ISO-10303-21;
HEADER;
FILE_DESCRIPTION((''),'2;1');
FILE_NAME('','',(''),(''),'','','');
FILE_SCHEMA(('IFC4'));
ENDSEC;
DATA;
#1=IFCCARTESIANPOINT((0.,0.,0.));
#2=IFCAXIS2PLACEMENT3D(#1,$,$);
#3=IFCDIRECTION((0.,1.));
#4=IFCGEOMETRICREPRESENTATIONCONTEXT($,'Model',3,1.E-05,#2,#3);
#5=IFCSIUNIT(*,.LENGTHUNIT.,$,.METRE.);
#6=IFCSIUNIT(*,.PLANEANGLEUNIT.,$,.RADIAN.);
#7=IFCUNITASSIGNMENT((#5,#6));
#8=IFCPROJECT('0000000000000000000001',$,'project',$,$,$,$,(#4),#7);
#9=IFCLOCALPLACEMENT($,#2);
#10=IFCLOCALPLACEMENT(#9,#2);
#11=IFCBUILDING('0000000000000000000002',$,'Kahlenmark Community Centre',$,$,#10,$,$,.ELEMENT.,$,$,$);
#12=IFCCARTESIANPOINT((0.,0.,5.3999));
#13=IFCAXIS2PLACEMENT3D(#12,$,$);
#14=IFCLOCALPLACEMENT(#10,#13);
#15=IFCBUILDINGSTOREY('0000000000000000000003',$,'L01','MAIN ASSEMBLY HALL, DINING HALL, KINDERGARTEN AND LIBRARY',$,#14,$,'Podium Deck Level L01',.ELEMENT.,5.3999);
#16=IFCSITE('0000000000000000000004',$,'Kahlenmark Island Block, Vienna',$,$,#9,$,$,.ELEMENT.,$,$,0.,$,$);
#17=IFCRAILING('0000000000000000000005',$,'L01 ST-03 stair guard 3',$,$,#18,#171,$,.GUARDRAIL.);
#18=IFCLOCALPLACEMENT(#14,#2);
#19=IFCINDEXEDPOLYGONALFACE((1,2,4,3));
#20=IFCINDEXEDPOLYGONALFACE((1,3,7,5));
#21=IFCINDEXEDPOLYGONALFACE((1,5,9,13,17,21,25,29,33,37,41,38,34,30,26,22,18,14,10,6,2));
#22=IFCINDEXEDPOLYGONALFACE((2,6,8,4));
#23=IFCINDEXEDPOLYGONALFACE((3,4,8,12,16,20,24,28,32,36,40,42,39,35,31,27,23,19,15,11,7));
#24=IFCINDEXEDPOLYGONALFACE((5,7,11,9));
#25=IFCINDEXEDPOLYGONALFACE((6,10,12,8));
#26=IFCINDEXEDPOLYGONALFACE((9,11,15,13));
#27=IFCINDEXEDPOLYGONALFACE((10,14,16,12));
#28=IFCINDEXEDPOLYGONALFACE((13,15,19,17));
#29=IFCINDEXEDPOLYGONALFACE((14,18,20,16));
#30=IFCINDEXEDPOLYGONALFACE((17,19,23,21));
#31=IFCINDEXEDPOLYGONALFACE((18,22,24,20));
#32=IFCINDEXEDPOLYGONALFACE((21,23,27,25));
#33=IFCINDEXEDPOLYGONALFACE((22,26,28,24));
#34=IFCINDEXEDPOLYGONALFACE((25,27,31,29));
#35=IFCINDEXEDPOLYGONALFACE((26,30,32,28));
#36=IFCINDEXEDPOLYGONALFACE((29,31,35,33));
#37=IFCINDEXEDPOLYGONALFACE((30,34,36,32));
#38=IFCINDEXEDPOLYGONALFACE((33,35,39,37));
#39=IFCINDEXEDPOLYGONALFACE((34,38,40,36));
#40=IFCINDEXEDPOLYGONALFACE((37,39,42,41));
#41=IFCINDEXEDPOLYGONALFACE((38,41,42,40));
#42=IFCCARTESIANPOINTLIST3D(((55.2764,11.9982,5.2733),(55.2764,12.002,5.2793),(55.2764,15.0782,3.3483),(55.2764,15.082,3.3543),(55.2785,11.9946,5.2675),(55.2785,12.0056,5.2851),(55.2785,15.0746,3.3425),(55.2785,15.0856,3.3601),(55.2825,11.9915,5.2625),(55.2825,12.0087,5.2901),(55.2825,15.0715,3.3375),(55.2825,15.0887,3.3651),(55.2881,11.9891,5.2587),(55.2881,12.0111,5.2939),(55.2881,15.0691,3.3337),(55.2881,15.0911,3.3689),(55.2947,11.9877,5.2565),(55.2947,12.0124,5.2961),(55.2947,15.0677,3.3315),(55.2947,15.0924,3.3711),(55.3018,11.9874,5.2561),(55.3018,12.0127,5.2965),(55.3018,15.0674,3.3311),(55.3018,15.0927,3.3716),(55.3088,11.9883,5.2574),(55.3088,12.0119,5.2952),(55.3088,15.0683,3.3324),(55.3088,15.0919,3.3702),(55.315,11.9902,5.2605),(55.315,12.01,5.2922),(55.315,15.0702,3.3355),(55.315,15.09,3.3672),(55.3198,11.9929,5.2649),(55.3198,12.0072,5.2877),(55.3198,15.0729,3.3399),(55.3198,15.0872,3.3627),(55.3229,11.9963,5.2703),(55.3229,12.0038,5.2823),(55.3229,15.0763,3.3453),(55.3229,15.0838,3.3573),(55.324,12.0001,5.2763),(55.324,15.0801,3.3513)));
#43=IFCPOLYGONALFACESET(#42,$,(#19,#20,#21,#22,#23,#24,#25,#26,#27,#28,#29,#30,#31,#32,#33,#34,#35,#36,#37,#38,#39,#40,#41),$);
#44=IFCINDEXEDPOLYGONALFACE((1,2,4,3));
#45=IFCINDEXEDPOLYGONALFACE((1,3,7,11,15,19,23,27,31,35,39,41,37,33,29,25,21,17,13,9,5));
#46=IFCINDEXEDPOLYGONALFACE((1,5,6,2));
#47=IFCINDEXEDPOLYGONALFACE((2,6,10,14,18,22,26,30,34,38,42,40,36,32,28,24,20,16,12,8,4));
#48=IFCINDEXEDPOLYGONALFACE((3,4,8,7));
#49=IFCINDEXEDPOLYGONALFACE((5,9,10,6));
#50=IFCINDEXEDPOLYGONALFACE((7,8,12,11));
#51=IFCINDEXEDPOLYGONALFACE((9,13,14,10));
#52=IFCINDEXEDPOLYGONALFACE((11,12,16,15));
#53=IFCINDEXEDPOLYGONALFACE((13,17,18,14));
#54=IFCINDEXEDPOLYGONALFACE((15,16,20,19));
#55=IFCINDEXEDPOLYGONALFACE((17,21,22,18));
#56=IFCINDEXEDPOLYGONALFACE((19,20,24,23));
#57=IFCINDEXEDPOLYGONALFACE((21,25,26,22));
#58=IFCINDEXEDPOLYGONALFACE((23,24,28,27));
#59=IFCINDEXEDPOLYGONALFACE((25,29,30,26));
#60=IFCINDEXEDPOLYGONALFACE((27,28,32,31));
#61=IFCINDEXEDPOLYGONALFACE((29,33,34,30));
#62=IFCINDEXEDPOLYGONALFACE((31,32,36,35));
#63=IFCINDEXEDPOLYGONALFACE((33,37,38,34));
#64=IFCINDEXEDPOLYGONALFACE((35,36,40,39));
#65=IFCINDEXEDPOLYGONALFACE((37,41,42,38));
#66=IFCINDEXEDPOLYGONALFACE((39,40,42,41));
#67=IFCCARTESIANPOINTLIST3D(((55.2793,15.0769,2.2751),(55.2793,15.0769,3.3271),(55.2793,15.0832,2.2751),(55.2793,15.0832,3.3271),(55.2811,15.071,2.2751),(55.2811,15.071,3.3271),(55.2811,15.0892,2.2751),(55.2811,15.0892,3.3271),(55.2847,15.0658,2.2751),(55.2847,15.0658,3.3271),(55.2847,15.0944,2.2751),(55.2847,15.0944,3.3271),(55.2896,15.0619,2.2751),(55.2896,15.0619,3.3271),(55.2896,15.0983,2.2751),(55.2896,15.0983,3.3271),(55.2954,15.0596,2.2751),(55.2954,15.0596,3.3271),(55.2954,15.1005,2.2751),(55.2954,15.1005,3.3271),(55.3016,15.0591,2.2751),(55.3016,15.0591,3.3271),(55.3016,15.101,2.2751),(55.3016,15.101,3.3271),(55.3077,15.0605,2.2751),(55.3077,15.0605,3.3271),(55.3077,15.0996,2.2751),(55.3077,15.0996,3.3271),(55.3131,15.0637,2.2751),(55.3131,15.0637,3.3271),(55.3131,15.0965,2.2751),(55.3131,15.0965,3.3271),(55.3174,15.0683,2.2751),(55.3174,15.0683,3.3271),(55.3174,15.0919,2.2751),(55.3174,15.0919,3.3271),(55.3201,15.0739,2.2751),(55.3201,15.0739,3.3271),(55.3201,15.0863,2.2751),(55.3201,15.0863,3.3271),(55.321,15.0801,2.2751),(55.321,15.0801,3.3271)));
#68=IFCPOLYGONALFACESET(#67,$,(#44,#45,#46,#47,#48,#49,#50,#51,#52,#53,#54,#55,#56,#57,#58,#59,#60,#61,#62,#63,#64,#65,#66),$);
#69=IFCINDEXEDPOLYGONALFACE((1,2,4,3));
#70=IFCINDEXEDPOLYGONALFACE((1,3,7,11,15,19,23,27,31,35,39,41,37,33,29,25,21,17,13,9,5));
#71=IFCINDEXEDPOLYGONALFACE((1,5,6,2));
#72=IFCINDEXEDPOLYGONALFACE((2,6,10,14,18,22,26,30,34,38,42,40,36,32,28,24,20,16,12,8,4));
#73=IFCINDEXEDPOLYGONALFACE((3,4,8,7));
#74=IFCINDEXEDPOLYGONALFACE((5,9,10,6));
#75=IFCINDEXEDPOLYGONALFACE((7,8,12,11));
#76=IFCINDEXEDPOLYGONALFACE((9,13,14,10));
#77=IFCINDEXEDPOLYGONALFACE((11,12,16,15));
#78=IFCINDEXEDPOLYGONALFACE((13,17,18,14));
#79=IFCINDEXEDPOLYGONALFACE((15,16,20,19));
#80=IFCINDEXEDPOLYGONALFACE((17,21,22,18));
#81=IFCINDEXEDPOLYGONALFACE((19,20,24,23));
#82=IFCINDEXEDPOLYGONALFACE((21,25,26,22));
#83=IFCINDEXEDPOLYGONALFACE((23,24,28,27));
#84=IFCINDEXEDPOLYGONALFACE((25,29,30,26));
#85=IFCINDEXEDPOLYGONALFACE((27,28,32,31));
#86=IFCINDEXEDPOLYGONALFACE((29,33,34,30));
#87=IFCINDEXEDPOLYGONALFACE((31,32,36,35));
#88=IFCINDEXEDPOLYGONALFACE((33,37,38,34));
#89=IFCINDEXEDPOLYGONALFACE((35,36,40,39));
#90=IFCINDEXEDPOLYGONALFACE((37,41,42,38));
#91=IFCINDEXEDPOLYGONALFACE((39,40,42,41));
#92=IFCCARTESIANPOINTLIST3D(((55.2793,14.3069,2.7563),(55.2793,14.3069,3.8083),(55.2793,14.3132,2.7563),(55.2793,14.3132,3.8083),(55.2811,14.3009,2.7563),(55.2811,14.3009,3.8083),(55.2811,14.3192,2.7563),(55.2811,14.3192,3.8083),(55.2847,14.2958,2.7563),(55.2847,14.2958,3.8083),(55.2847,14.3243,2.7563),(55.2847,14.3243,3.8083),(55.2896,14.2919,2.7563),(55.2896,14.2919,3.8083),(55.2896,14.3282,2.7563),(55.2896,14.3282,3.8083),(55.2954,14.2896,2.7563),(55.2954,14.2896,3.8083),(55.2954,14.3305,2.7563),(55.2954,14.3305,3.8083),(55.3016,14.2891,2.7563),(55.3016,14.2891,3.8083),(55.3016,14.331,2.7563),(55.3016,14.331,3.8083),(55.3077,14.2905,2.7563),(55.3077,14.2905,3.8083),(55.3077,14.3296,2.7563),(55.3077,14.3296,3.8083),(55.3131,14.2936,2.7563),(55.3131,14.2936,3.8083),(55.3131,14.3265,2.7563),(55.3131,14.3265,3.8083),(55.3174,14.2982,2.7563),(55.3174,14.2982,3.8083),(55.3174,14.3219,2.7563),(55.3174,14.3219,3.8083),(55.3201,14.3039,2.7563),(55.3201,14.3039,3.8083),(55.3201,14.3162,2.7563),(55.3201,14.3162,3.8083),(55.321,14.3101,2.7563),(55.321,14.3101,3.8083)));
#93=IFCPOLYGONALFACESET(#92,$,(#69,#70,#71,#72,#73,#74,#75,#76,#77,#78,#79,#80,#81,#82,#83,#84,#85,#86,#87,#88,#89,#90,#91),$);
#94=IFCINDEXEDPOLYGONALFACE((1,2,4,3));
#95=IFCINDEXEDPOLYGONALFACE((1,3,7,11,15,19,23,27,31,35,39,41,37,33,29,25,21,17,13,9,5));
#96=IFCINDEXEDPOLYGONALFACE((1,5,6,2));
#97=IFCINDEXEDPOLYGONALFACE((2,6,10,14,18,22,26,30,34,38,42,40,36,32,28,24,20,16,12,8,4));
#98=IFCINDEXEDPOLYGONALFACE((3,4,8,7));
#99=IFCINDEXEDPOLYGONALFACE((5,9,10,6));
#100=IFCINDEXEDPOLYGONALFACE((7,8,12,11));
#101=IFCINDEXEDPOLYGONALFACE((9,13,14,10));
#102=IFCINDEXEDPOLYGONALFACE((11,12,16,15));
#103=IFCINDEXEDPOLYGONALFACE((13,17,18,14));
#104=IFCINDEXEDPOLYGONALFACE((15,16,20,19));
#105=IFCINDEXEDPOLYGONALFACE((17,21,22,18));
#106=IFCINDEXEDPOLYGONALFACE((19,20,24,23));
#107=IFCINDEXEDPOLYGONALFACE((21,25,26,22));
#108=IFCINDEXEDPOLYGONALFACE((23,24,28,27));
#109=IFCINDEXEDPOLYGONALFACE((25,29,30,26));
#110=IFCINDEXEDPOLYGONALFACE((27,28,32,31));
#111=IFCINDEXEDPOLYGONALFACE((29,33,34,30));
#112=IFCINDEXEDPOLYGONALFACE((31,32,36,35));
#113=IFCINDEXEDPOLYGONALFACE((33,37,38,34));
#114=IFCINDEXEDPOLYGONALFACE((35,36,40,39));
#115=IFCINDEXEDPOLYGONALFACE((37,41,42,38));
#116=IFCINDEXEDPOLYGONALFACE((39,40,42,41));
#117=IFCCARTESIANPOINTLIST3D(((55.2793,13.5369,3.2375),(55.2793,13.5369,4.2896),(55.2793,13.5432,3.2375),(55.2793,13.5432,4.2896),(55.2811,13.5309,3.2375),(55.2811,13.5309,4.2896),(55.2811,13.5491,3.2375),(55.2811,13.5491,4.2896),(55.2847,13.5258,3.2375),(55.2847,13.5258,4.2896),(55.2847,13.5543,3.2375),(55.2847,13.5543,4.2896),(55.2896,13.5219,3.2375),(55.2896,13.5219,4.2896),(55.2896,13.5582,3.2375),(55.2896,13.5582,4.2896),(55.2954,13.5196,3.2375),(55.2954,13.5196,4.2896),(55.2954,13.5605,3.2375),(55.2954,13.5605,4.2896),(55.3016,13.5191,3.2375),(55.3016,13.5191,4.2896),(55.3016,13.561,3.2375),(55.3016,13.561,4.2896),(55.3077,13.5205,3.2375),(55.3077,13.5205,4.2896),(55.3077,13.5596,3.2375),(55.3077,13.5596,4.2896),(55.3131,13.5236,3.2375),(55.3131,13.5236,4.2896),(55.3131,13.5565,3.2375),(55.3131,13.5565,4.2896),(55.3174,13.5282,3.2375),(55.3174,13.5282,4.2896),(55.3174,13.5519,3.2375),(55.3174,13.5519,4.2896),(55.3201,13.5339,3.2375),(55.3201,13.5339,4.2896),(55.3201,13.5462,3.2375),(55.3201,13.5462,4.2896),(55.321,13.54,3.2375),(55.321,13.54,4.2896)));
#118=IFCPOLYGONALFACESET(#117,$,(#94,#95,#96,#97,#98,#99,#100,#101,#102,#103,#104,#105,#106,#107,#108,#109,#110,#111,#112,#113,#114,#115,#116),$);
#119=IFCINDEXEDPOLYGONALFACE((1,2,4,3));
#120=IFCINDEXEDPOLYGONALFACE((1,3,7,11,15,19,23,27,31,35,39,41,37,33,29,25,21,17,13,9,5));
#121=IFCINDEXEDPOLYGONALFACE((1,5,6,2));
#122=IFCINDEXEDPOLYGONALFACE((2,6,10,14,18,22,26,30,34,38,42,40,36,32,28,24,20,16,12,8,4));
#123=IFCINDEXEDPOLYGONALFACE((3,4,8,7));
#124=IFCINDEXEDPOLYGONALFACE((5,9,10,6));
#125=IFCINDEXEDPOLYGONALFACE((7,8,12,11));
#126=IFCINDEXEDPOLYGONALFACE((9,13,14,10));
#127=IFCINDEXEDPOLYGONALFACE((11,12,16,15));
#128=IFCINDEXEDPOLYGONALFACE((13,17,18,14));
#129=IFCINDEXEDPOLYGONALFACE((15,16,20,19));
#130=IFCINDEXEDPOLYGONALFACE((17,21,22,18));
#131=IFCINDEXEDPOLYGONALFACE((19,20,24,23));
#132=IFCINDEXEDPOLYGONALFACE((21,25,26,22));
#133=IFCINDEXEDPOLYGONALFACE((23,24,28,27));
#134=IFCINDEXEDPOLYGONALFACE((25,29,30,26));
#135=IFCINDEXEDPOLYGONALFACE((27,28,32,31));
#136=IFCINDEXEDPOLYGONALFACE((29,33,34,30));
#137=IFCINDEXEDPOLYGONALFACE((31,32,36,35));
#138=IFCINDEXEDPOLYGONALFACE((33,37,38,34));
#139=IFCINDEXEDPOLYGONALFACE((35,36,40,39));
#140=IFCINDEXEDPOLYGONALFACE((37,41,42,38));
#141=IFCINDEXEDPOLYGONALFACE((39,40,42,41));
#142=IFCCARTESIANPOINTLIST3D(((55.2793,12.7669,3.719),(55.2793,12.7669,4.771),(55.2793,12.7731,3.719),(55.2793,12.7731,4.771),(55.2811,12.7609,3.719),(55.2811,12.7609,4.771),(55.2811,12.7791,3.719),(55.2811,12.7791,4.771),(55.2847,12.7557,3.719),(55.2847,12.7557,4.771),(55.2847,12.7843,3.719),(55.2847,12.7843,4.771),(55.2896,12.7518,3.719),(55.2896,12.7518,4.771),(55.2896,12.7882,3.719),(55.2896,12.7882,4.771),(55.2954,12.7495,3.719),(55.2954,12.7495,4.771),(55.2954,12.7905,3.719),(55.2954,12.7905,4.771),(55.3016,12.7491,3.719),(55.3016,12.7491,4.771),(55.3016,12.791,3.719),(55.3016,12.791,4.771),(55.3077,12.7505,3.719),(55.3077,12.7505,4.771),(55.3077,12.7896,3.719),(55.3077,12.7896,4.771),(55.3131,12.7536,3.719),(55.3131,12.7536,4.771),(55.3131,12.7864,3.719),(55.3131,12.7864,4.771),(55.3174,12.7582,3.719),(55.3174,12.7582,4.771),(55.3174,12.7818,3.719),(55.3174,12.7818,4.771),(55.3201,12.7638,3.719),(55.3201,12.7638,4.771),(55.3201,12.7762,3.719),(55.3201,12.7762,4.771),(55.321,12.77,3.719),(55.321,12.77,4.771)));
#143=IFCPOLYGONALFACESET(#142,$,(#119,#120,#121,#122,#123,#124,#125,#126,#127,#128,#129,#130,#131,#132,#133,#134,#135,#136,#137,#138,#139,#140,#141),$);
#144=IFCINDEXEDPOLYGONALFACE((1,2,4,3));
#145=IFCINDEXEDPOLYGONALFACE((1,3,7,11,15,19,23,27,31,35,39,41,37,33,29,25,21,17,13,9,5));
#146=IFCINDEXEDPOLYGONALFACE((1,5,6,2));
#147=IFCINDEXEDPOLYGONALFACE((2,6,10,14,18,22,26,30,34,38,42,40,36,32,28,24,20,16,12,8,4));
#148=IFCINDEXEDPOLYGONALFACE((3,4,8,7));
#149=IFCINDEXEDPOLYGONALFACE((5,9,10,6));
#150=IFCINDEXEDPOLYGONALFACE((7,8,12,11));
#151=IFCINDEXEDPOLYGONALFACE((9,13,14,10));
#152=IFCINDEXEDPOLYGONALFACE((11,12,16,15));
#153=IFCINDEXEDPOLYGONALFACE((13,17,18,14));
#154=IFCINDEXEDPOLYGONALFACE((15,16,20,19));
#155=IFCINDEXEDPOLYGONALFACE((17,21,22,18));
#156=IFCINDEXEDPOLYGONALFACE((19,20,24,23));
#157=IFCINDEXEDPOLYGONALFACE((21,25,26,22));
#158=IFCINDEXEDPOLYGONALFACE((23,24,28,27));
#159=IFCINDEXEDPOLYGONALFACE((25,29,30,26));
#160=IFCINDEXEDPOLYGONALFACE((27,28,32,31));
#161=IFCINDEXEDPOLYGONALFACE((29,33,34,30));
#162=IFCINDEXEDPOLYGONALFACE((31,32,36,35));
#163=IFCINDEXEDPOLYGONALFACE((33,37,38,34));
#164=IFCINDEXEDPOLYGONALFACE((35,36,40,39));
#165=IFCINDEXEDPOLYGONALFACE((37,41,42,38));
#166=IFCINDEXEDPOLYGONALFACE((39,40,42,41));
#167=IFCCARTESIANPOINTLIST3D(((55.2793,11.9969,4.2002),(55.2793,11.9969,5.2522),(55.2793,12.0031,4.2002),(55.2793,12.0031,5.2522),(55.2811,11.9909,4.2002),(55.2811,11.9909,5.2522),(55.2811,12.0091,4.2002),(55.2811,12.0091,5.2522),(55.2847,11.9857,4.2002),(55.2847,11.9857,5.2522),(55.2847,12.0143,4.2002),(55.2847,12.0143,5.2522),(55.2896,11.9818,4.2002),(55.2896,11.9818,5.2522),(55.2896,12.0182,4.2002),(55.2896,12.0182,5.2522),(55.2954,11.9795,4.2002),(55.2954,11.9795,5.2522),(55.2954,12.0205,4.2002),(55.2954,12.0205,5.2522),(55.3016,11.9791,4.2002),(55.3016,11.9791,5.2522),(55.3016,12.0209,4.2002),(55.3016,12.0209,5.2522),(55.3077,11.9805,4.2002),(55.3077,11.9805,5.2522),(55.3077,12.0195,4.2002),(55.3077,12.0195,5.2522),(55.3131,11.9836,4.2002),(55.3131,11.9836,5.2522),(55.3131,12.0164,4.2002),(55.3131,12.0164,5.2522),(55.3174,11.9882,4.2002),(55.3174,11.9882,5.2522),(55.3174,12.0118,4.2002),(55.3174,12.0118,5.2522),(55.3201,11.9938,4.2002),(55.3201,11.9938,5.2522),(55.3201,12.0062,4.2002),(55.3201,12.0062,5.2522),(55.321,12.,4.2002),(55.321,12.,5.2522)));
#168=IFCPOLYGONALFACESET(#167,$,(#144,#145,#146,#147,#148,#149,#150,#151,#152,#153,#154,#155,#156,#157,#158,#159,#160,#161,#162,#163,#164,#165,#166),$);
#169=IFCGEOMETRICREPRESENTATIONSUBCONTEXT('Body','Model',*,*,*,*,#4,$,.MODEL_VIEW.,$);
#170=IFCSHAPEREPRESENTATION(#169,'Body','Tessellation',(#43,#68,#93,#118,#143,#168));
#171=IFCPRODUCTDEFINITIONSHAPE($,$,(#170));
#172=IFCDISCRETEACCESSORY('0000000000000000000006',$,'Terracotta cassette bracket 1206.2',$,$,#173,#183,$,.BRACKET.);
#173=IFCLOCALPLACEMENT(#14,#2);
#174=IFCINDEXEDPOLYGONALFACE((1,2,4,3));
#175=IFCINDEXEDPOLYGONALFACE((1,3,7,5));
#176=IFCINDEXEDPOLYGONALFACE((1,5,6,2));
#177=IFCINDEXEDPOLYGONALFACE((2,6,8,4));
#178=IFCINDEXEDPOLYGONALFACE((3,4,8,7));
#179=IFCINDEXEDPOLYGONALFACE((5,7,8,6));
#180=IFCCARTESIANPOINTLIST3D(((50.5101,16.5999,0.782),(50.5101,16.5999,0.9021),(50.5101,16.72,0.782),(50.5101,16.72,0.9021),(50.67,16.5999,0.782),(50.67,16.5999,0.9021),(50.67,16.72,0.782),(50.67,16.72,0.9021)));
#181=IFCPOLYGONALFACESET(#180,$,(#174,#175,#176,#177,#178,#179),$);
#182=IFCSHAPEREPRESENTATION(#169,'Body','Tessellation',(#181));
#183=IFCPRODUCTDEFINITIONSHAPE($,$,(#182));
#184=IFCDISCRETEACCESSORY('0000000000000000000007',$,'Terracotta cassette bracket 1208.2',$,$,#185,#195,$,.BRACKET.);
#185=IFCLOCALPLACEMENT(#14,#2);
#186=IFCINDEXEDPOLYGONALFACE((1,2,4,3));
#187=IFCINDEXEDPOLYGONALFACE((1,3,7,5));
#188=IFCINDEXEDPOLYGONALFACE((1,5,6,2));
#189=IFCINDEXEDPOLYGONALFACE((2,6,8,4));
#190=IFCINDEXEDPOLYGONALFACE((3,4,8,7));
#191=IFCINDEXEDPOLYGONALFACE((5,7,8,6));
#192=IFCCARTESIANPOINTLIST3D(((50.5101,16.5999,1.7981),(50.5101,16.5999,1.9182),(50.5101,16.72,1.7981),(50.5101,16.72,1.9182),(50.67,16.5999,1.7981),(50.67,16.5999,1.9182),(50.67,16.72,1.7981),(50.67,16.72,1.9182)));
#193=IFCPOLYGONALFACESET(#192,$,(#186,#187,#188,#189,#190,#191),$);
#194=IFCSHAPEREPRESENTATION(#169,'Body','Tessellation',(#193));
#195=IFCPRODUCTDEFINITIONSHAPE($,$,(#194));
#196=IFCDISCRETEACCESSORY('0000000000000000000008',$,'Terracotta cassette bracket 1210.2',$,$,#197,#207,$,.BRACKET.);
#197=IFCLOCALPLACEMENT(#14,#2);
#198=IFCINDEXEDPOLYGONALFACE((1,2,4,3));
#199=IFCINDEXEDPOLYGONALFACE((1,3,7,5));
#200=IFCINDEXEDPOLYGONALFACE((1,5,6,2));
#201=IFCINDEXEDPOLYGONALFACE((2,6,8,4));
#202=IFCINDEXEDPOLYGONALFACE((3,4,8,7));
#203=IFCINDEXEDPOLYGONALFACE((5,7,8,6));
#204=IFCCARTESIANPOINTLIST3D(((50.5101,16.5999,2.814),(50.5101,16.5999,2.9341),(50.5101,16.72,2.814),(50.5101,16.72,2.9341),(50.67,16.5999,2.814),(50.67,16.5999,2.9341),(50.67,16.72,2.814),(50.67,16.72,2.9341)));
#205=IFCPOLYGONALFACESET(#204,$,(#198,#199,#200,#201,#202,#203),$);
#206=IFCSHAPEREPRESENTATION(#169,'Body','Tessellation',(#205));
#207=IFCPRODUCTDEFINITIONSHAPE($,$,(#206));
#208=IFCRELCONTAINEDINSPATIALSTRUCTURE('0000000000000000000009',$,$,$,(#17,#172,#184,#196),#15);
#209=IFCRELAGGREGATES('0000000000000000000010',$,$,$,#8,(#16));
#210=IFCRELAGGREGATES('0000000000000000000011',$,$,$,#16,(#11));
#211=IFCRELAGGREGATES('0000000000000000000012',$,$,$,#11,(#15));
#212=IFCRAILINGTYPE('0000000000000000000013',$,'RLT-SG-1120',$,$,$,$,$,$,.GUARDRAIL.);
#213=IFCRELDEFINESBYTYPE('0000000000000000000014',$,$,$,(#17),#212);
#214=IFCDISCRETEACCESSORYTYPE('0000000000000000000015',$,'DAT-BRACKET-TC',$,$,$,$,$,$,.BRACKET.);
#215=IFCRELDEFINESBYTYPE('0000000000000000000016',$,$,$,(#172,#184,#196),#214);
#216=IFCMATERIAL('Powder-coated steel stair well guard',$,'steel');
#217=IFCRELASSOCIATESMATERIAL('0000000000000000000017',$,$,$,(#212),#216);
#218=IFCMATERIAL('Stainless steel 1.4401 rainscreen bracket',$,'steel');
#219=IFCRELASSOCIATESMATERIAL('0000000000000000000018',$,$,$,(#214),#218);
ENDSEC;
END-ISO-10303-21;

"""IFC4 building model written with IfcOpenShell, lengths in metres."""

from ifc_helpers import new_model, si_unit, direction, frame, origin, origin_2d, place, context, subcontext, project, spatial, rectangle, circle, extrude, material, type_object, element, save


model = new_model("IFC4")

# Units and contexts
model_context = context("Model", 3, precision=1e-05, world=origin(), true_north=direction((0.0, 1.0)))
body_context = subcontext(model_context, "Body", "Model", "MODEL_VIEW")
ifc_project = project(units=[si_unit("LENGTHUNIT", "METRE"), si_unit("PLANEANGLEUNIT", "RADIAN")], contexts=[model_context])

# Site, building, storey
site_placement = place(None, origin())
site = spatial("IfcSite", under=ifc_project, at=site_placement, Name="Kahlenmark Island Block, Vienna", CompositionType="ELEMENT", RefElevation=0.0)
building_placement = place(site_placement, origin())
building = spatial("IfcBuilding", under=site, at=building_placement, Name="Kahlenmark Community Centre", CompositionType="ELEMENT")
storey_placement = place(building_placement, frame((0.0, 0.0, 5.3999)))
storey = spatial("IfcBuildingStorey", under=building, at=storey_placement, Name="L01", Description="MAIN ASSEMBLY HALL, DINING HALL, KINDERGARTEN AND LIBRARY", LongName="Podium Deck Level L01", CompositionType="ELEMENT", Elevation=5.3999)

# Railing
ifc_material_1 = material(Name="Powder-coated steel stair well guard", Category="steel")
railing_type_1 = type_object("IfcRailingType", Name="RLT-SG-1120", PredefinedType="GUARDRAIL", material=ifc_material_1)
railing_1_placement = place(storey_placement, frame((55.3, 15.0801, 2.2751)))
element("IfcRailing", 1, at=railing_1_placement, inside=storey, type_object=railing_type_1, Name="L01 ST-03 stair guard 3", PredefinedType="GUARDRAIL", context=body_context, shape_type="SweptSolid", body=[
    extrude(circle(Radius=0.0239, at=origin_2d()), frame((0.0, 0.0, 1.0762), z_axis=(0.0, -0.847998, 0.529999), x_axis=(1.0, 0.0, 0.0)), (0.0, 0.0, 1.0), 3.6321),
    extrude(circle(Radius=0.021, at=origin_2d()), origin(), (0.0, 0.0, 1.0), 1.052),
    extrude(circle(Radius=0.021, at=origin_2d()), frame((0.0, -0.77, 0.4812)), (0.0, 0.0, 1.0), 1.052),
    extrude(circle(Radius=0.021, at=origin_2d()), frame((0.0, -1.54, 0.9624)), (0.0, 0.0, 1.0), 1.052),
    extrude(circle(Radius=0.021, at=origin_2d()), frame((0.0, -2.3101, 1.4438)), (0.0, 0.0, 1.0), 1.052),
    extrude(circle(Radius=0.021, at=origin_2d()), frame((0.0, -3.0801, 1.925)), (0.0, 0.0, 1.0), 1.052),
])

# Discrete accessories
ifc_material_2 = material(Name="Stainless steel 1.4401 rainscreen bracket", Category="steel")
discrete_accessory_type = type_object("IfcDiscreteAccessoryType", Name="DAT-BRACKET-TC", PredefinedType="BRACKET", material=ifc_material_2)
for number, where, z_axis, x_axis, name in (
    (2, (50.5901, 16.6599, 0.782), (0.0, 0.0, 1.0), (0.0, -1.0, 0.0), "Terracotta cassette bracket 1206.2"),
    (3, (50.5901, 16.6599, 1.7981), (0.0, 0.0, 1.0), (0.0, -1.0, 0.0), "Terracotta cassette bracket 1208.2"),
    (4, (50.5901, 16.6599, 2.814), (0.0, 0.0, 1.0), (0.0, -1.0, 0.0), "Terracotta cassette bracket 1210.2"),
):
    element("IfcDiscreteAccessory", number, at=place(storey_placement, frame(where, z_axis=z_axis, x_axis=x_axis)), inside=storey, type_object=discrete_accessory_type, Name=name, PredefinedType="BRACKET", context=body_context, shape_type="SweptSolid", body=[
        extrude(rectangle(XDim=0.1201, YDim=0.1599, at=origin_2d()), origin(), (0.0, 0.0, 1.0), 0.1201),
    ])

save(model, "model.ifc")
